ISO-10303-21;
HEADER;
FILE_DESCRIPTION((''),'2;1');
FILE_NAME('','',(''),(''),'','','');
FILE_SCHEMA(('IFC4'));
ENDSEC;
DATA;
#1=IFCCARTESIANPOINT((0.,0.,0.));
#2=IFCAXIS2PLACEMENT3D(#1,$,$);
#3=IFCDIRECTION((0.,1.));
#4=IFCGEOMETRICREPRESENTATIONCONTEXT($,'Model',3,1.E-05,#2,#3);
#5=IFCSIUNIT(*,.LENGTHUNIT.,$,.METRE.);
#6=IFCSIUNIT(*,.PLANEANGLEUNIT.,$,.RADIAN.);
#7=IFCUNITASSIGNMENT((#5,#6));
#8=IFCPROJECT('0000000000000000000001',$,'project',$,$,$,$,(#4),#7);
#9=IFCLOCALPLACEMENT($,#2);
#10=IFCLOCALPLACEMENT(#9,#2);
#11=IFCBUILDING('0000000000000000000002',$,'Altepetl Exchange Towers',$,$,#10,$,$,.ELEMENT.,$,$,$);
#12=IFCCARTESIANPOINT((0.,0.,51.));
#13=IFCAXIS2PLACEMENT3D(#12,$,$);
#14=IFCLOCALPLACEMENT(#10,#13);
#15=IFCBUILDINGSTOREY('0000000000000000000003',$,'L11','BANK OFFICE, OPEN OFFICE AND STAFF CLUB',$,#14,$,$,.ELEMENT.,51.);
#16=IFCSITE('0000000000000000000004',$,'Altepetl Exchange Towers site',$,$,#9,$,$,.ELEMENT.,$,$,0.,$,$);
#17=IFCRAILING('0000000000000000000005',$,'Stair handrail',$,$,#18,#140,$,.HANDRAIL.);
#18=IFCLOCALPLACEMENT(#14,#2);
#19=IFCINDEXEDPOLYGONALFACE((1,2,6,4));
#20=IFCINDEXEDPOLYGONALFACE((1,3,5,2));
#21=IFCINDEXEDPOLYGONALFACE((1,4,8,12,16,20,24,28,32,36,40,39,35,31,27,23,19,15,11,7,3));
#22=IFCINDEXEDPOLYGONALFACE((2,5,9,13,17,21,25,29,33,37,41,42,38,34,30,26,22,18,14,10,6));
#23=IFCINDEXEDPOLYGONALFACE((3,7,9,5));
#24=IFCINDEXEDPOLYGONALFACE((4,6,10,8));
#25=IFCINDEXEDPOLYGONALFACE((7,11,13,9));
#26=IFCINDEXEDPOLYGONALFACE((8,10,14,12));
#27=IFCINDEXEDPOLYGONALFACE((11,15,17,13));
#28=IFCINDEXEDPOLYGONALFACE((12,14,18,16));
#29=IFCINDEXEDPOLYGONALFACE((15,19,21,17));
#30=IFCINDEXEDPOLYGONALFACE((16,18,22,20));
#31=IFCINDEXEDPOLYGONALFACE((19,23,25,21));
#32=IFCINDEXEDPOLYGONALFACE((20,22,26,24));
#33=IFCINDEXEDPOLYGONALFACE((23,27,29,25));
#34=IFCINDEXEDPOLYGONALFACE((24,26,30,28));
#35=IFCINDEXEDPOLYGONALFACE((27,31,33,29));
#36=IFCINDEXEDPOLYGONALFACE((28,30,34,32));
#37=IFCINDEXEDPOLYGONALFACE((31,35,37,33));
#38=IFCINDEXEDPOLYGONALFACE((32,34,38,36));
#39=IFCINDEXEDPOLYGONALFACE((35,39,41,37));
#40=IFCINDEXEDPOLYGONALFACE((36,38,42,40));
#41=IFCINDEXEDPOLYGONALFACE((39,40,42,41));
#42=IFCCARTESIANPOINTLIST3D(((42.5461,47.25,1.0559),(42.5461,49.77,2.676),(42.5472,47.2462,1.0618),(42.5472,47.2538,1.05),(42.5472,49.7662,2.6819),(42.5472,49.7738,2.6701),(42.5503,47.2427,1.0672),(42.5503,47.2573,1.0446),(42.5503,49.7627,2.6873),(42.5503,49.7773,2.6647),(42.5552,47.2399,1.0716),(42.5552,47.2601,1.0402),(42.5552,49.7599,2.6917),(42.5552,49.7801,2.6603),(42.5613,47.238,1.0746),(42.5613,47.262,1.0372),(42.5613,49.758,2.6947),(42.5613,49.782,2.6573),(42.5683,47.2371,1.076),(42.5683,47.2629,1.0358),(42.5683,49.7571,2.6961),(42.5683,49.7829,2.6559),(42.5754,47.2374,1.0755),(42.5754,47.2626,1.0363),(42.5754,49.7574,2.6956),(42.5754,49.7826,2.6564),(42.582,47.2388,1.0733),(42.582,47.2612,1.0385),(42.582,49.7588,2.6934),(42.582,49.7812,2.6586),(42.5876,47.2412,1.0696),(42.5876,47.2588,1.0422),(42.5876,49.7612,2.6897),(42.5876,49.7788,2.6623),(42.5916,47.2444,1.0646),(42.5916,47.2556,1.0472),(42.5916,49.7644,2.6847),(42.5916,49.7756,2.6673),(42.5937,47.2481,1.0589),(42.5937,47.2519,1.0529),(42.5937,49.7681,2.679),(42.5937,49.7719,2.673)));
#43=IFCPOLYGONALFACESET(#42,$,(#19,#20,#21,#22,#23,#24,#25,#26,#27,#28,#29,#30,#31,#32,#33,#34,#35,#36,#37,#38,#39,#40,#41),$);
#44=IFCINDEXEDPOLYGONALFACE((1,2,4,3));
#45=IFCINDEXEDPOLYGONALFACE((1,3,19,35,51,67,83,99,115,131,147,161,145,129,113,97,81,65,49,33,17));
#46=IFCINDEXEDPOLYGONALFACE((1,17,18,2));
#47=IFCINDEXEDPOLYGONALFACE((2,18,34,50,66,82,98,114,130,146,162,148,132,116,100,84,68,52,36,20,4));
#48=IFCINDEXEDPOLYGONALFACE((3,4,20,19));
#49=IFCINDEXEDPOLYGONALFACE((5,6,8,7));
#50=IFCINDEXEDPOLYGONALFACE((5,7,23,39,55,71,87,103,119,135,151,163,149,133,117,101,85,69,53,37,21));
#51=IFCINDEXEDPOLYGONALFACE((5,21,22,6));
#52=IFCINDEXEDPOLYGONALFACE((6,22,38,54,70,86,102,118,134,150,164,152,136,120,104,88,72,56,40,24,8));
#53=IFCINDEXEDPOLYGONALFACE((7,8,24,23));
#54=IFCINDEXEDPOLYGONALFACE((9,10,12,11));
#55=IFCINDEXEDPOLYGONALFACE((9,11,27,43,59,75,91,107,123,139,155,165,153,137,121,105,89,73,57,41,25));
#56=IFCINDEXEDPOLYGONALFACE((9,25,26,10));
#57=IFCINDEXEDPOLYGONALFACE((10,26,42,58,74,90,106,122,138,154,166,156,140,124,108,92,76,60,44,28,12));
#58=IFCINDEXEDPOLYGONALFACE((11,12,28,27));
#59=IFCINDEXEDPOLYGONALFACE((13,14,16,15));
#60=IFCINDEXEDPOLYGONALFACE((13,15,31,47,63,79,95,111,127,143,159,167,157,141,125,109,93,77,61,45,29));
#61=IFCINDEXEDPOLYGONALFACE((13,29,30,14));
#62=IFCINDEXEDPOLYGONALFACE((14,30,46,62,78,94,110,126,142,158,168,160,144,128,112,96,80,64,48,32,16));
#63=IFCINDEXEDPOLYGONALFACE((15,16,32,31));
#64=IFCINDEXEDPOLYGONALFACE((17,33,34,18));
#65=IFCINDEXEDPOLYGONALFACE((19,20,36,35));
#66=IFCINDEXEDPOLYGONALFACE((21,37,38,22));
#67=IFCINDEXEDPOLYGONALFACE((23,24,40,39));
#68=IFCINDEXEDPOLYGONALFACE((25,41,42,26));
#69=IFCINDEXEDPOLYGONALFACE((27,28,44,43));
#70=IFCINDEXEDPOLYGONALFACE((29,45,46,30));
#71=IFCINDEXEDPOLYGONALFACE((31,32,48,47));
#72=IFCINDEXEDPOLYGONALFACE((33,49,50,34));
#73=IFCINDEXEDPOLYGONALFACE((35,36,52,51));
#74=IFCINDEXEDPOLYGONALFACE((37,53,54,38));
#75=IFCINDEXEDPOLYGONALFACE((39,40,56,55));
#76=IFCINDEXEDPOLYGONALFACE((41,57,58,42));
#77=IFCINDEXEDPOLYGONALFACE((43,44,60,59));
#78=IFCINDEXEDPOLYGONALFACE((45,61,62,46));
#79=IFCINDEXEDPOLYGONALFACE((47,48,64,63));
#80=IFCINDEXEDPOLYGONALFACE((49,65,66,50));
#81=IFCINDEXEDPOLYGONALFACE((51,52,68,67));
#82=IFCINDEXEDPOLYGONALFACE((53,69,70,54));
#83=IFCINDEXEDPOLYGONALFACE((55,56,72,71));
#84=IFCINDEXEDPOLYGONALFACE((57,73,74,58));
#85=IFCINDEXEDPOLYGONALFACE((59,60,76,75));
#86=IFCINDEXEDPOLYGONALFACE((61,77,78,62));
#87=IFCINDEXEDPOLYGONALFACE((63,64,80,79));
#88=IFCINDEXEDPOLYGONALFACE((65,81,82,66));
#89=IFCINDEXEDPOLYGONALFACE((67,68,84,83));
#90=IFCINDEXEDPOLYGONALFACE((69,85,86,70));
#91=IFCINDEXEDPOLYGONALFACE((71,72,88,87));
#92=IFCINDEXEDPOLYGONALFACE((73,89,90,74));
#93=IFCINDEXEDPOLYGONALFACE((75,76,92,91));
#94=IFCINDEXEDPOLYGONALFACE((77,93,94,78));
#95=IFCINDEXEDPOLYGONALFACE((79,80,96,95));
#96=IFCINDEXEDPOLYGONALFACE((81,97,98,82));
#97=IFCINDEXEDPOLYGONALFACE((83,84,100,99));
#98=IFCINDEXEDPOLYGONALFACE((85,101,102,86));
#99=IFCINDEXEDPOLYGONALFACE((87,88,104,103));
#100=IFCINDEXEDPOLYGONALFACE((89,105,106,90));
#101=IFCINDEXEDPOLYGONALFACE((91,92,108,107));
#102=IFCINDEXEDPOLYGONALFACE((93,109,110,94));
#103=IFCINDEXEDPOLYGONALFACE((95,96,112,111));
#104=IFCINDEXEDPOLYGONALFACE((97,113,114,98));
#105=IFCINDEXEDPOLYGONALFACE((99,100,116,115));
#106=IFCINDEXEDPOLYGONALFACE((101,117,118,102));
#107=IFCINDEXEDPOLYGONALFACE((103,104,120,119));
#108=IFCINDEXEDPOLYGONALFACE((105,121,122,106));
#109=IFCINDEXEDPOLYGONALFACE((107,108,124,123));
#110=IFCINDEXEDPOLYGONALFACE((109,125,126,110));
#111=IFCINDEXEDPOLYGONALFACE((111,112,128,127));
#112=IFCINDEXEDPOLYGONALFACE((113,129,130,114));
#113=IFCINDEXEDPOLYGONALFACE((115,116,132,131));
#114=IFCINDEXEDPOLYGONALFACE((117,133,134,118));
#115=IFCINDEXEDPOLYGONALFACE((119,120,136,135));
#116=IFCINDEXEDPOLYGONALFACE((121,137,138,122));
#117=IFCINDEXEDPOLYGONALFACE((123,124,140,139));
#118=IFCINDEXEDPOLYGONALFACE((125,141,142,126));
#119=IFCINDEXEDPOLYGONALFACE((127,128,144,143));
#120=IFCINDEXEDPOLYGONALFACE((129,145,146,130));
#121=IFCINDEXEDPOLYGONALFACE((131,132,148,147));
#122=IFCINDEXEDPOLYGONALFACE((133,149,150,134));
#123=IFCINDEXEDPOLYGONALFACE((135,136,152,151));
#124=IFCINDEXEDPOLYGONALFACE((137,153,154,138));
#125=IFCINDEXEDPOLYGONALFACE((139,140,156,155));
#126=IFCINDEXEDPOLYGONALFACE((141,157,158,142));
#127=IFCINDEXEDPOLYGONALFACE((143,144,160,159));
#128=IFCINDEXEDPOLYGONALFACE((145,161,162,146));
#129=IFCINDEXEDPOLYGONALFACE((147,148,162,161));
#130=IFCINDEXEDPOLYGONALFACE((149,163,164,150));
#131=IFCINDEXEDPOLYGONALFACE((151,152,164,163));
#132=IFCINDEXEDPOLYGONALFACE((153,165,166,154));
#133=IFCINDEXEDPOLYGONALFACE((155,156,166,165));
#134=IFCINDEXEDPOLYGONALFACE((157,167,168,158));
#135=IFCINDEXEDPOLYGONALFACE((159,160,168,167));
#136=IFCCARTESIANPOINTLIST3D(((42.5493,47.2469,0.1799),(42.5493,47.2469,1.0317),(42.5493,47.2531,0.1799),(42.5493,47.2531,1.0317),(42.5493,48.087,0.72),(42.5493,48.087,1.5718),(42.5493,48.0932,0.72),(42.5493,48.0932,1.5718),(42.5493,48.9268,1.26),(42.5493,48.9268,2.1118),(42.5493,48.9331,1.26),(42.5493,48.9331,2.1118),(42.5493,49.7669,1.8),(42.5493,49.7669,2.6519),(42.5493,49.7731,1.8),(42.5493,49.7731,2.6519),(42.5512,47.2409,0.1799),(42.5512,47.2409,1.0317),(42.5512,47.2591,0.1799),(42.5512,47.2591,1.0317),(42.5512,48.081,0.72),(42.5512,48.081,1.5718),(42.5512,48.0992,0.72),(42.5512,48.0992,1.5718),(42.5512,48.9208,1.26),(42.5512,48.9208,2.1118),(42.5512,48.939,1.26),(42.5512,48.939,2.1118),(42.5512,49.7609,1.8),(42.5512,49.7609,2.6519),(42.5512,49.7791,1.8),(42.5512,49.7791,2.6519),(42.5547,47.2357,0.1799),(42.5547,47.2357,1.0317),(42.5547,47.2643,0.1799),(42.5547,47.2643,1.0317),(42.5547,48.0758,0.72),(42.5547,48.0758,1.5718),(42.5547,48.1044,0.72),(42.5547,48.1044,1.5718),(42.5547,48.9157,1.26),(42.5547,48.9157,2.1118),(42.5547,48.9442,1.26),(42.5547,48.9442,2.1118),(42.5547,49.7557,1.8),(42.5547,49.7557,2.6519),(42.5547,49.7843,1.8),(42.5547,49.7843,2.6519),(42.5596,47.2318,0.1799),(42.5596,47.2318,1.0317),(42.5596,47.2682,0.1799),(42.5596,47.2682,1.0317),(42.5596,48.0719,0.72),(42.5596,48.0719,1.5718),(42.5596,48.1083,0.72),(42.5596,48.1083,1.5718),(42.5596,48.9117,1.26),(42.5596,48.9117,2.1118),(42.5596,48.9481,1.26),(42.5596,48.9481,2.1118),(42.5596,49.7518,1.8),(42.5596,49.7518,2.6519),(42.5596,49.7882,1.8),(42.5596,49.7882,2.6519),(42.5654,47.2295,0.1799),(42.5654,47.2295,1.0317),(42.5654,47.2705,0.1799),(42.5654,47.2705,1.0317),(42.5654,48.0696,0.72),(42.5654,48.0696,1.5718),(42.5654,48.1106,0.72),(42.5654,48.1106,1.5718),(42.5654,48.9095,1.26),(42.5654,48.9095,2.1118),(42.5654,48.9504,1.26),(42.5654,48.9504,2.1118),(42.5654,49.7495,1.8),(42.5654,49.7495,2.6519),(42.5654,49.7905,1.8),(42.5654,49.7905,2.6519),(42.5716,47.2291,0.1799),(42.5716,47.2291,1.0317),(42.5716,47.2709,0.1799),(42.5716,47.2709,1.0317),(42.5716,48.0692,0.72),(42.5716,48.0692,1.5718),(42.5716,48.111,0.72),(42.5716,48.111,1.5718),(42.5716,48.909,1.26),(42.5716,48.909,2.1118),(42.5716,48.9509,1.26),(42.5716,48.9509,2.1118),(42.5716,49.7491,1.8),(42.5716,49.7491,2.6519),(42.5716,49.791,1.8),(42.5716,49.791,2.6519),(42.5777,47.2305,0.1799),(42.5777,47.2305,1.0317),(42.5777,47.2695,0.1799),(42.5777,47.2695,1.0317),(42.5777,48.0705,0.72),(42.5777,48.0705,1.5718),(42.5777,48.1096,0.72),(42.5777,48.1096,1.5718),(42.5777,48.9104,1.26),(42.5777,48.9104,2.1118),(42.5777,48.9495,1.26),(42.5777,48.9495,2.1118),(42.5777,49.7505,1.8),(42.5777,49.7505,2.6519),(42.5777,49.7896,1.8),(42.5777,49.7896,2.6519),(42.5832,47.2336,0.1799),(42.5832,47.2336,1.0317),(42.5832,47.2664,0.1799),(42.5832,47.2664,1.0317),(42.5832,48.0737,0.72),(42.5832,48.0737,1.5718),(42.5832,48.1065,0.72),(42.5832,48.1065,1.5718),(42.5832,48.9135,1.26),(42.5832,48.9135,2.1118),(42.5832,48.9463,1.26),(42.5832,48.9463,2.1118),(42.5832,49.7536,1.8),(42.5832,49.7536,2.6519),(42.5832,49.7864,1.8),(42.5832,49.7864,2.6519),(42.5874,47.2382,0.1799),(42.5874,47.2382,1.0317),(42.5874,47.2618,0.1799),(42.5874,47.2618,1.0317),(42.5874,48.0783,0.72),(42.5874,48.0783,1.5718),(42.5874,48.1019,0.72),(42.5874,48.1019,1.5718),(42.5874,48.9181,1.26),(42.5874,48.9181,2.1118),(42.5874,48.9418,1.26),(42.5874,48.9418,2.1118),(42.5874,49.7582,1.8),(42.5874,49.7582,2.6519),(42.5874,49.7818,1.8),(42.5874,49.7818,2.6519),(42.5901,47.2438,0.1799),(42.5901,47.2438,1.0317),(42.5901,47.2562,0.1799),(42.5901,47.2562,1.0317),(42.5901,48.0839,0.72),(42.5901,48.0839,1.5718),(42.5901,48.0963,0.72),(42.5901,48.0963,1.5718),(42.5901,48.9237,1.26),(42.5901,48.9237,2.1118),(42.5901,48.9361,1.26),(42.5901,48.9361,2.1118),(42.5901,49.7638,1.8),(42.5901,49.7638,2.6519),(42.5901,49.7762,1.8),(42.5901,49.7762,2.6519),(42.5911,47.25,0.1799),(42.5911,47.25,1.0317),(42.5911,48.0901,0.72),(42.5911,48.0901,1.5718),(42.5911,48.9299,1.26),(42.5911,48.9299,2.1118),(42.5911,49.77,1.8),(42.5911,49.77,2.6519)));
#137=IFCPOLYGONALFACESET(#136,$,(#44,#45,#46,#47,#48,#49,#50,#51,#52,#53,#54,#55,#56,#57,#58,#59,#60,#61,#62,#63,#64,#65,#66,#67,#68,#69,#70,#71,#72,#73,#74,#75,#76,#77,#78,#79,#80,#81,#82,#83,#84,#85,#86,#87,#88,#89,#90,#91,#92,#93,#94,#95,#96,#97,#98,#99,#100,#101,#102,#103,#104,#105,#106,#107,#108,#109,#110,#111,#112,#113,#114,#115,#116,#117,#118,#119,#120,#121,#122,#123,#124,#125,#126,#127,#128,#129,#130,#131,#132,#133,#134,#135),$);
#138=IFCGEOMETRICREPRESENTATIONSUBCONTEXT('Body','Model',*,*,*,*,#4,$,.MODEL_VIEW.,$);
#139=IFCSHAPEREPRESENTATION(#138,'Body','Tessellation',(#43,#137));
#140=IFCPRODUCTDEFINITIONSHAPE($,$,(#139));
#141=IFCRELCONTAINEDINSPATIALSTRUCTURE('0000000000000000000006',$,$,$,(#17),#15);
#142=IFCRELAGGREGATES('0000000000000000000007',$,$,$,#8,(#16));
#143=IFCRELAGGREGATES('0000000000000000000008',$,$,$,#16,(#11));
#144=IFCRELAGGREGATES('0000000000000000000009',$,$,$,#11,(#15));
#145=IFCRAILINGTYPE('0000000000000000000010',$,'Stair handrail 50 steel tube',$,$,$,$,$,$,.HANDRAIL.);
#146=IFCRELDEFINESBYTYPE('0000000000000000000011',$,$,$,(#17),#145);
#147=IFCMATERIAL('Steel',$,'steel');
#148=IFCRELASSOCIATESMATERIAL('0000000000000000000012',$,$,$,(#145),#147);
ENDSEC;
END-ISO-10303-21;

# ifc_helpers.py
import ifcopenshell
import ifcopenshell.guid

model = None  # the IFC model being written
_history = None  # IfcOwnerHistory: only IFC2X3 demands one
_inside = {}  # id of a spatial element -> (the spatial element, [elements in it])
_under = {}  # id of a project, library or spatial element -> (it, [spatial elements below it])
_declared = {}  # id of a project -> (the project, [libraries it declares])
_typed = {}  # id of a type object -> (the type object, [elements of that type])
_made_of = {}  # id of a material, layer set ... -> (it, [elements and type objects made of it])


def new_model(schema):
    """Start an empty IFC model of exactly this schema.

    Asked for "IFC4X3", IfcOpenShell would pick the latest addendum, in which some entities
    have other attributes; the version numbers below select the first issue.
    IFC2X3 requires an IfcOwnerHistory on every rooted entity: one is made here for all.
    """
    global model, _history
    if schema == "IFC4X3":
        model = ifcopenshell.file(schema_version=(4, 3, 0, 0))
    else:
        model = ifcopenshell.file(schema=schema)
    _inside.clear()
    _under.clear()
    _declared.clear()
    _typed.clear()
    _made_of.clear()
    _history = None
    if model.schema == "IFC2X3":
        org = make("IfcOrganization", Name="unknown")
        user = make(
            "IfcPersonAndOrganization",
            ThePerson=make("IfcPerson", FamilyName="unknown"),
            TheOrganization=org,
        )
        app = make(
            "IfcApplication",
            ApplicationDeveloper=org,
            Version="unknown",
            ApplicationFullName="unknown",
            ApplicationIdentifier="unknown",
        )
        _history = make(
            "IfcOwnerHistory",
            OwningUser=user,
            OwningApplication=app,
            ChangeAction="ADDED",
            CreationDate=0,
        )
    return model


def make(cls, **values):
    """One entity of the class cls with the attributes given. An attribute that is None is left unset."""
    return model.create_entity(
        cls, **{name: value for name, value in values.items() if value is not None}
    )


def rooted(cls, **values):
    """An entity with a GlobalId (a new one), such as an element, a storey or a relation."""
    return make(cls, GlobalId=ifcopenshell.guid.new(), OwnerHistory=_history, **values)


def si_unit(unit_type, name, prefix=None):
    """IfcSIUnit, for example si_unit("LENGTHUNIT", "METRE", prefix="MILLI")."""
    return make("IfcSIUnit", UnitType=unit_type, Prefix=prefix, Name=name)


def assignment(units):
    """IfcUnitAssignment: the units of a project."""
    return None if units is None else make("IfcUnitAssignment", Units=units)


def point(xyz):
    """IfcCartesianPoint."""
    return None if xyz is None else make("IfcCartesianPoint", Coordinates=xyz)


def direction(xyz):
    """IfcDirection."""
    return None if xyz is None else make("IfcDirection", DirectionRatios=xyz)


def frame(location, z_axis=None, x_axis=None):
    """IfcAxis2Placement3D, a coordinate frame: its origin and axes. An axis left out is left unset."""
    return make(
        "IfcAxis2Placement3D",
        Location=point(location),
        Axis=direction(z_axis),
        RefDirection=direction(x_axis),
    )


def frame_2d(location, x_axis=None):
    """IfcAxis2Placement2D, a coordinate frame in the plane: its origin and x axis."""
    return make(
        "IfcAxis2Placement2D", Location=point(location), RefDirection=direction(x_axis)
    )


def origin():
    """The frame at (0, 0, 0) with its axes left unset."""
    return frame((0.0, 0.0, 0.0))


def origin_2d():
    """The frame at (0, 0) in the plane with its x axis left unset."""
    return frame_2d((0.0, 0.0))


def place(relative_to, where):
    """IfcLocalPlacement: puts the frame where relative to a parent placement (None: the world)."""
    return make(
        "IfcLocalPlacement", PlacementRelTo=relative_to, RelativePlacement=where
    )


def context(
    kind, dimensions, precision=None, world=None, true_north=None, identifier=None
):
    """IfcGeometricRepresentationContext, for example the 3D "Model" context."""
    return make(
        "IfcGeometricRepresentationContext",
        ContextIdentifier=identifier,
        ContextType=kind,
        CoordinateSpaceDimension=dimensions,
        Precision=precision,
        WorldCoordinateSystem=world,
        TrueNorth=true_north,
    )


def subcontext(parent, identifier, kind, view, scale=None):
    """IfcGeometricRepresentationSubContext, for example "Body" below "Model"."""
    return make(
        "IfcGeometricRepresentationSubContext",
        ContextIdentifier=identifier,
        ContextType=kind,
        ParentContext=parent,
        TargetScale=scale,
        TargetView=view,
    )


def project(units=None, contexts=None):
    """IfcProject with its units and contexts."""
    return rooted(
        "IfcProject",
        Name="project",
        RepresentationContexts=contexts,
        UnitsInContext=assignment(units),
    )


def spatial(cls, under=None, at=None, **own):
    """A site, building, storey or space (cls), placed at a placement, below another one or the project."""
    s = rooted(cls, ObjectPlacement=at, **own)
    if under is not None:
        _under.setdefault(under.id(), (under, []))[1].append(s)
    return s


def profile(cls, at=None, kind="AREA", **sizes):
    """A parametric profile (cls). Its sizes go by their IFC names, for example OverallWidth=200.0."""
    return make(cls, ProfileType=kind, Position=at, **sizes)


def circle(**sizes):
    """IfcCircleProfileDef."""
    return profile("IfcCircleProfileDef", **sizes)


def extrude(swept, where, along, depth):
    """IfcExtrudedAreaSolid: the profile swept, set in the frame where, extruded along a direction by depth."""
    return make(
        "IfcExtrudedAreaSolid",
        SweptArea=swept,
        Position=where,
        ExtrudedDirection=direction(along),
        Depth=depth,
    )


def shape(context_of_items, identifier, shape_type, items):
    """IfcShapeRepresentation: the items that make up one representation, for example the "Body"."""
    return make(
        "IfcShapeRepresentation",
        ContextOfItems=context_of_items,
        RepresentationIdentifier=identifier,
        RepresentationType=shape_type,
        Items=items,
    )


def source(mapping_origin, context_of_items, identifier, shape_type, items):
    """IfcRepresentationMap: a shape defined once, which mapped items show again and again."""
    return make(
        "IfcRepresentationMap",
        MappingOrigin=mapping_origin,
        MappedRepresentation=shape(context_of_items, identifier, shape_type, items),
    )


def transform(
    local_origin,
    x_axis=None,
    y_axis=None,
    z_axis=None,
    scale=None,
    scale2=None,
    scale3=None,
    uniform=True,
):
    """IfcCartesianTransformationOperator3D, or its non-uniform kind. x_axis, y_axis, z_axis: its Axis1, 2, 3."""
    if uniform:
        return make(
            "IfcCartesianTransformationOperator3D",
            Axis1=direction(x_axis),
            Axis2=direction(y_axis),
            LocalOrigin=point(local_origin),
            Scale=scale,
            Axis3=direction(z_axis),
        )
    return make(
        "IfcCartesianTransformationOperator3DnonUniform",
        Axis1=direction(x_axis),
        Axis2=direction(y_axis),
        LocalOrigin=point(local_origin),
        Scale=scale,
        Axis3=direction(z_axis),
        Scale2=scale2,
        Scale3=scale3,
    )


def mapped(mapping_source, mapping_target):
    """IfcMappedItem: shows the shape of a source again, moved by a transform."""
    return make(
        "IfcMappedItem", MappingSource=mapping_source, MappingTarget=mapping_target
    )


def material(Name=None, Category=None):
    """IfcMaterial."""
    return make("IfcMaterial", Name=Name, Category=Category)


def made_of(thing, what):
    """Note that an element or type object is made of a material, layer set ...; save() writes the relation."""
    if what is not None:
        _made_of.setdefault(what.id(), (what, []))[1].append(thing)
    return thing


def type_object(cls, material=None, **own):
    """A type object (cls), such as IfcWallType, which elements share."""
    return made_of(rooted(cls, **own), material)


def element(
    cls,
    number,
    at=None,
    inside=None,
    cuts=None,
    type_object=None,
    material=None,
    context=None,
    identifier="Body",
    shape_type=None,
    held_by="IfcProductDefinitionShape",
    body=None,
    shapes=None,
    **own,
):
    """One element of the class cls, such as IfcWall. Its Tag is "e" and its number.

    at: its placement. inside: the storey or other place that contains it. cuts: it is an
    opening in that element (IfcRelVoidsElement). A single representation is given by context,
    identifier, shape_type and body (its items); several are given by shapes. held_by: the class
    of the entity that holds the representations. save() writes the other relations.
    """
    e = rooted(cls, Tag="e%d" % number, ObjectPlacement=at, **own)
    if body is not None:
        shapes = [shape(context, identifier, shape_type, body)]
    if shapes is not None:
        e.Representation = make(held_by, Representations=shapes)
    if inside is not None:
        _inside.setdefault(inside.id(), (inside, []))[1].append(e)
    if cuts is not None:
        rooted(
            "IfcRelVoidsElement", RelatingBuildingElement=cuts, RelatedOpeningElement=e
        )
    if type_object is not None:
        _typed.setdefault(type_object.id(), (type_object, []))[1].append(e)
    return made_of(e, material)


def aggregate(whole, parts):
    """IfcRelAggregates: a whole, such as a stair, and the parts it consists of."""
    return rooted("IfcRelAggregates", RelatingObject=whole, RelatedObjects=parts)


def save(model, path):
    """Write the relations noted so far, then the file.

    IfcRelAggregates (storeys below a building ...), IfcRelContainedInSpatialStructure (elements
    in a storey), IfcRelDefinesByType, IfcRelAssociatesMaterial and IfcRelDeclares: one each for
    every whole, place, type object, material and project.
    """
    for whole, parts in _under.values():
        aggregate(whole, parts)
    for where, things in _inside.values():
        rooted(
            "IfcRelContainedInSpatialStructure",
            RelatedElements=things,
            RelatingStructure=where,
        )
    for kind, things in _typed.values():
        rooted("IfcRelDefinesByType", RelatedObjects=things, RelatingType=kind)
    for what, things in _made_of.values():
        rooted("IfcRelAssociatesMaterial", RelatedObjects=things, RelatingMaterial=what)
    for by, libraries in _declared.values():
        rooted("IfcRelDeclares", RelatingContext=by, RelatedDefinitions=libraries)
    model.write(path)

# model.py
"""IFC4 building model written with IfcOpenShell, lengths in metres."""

from ifc_helpers import new_model, si_unit, direction, frame, origin, origin_2d, place, context, subcontext, project, spatial, circle, extrude, source, transform, mapped, material, type_object, element, save


model = new_model("IFC4")

# Units and contexts
model_context = context("Model", 3, precision=1e-05, world=origin(), true_north=direction((0.0, 1.0)))
body_context = subcontext(model_context, "Body", "Model", "MODEL_VIEW")
ifc_project = project(units=[si_unit("LENGTHUNIT", "METRE"), si_unit("PLANEANGLEUNIT", "RADIAN")], contexts=[model_context])

# Site, building, storey
site_placement = place(None, origin())
site = spatial("IfcSite", under=ifc_project, at=site_placement, Name="Altepetl Exchange Towers site", CompositionType="ELEMENT", RefElevation=0.0)
building_placement = place(site_placement, origin())
building = spatial("IfcBuilding", under=site, at=building_placement, Name="Altepetl Exchange Towers", CompositionType="ELEMENT")
storey_placement = place(building_placement, frame((0.0, 0.0, 51.0)))
storey = spatial("IfcBuildingStorey", under=building, at=storey_placement, Name="L11", Description="BANK OFFICE, OPEN OFFICE AND STAFF CLUB", CompositionType="ELEMENT", Elevation=51.0)

# Railing
ifc_material_1 = material(Name="Steel", Category="steel")
railing_type = type_object("IfcRailingType", Name="Stair handrail 50 steel tube", PredefinedType="HANDRAIL", material=ifc_material_1)
shared_shape = source(origin(), body_context, "Body", "SweptSolid", [
    extrude(circle(Radius=0.021, at=origin_2d()), origin(), (0.0, 0.0, 1.0), 0.8518),
])
railing_1_placement = place(storey_placement, frame((42.5701, 47.25, 0.1799)))
element("IfcRailing", 1, at=railing_1_placement, inside=storey, type_object=railing_type, Name="Stair handrail", PredefinedType="HANDRAIL", context=body_context, shape_type="SweptSolid", body=[
    extrude(circle(Radius=0.0239, at=origin_2d()), frame((0.0, 0.0, 0.876), z_axis=(0.0, 0.841163, 0.540782), x_axis=(-1.0, 0.0, 0.0)), (0.0, 0.0, 1.0), 2.9958),
    mapped(shared_shape, transform((0.0, 0.0, 0.0))),
    mapped(shared_shape, transform((0.0, 0.8401, 0.54))),
    mapped(shared_shape, transform((0.0, 1.6799, 1.0801))),
    mapped(shared_shape, transform((0.0, 2.52, 1.6201))),
])

save(model, "model.ifc")
